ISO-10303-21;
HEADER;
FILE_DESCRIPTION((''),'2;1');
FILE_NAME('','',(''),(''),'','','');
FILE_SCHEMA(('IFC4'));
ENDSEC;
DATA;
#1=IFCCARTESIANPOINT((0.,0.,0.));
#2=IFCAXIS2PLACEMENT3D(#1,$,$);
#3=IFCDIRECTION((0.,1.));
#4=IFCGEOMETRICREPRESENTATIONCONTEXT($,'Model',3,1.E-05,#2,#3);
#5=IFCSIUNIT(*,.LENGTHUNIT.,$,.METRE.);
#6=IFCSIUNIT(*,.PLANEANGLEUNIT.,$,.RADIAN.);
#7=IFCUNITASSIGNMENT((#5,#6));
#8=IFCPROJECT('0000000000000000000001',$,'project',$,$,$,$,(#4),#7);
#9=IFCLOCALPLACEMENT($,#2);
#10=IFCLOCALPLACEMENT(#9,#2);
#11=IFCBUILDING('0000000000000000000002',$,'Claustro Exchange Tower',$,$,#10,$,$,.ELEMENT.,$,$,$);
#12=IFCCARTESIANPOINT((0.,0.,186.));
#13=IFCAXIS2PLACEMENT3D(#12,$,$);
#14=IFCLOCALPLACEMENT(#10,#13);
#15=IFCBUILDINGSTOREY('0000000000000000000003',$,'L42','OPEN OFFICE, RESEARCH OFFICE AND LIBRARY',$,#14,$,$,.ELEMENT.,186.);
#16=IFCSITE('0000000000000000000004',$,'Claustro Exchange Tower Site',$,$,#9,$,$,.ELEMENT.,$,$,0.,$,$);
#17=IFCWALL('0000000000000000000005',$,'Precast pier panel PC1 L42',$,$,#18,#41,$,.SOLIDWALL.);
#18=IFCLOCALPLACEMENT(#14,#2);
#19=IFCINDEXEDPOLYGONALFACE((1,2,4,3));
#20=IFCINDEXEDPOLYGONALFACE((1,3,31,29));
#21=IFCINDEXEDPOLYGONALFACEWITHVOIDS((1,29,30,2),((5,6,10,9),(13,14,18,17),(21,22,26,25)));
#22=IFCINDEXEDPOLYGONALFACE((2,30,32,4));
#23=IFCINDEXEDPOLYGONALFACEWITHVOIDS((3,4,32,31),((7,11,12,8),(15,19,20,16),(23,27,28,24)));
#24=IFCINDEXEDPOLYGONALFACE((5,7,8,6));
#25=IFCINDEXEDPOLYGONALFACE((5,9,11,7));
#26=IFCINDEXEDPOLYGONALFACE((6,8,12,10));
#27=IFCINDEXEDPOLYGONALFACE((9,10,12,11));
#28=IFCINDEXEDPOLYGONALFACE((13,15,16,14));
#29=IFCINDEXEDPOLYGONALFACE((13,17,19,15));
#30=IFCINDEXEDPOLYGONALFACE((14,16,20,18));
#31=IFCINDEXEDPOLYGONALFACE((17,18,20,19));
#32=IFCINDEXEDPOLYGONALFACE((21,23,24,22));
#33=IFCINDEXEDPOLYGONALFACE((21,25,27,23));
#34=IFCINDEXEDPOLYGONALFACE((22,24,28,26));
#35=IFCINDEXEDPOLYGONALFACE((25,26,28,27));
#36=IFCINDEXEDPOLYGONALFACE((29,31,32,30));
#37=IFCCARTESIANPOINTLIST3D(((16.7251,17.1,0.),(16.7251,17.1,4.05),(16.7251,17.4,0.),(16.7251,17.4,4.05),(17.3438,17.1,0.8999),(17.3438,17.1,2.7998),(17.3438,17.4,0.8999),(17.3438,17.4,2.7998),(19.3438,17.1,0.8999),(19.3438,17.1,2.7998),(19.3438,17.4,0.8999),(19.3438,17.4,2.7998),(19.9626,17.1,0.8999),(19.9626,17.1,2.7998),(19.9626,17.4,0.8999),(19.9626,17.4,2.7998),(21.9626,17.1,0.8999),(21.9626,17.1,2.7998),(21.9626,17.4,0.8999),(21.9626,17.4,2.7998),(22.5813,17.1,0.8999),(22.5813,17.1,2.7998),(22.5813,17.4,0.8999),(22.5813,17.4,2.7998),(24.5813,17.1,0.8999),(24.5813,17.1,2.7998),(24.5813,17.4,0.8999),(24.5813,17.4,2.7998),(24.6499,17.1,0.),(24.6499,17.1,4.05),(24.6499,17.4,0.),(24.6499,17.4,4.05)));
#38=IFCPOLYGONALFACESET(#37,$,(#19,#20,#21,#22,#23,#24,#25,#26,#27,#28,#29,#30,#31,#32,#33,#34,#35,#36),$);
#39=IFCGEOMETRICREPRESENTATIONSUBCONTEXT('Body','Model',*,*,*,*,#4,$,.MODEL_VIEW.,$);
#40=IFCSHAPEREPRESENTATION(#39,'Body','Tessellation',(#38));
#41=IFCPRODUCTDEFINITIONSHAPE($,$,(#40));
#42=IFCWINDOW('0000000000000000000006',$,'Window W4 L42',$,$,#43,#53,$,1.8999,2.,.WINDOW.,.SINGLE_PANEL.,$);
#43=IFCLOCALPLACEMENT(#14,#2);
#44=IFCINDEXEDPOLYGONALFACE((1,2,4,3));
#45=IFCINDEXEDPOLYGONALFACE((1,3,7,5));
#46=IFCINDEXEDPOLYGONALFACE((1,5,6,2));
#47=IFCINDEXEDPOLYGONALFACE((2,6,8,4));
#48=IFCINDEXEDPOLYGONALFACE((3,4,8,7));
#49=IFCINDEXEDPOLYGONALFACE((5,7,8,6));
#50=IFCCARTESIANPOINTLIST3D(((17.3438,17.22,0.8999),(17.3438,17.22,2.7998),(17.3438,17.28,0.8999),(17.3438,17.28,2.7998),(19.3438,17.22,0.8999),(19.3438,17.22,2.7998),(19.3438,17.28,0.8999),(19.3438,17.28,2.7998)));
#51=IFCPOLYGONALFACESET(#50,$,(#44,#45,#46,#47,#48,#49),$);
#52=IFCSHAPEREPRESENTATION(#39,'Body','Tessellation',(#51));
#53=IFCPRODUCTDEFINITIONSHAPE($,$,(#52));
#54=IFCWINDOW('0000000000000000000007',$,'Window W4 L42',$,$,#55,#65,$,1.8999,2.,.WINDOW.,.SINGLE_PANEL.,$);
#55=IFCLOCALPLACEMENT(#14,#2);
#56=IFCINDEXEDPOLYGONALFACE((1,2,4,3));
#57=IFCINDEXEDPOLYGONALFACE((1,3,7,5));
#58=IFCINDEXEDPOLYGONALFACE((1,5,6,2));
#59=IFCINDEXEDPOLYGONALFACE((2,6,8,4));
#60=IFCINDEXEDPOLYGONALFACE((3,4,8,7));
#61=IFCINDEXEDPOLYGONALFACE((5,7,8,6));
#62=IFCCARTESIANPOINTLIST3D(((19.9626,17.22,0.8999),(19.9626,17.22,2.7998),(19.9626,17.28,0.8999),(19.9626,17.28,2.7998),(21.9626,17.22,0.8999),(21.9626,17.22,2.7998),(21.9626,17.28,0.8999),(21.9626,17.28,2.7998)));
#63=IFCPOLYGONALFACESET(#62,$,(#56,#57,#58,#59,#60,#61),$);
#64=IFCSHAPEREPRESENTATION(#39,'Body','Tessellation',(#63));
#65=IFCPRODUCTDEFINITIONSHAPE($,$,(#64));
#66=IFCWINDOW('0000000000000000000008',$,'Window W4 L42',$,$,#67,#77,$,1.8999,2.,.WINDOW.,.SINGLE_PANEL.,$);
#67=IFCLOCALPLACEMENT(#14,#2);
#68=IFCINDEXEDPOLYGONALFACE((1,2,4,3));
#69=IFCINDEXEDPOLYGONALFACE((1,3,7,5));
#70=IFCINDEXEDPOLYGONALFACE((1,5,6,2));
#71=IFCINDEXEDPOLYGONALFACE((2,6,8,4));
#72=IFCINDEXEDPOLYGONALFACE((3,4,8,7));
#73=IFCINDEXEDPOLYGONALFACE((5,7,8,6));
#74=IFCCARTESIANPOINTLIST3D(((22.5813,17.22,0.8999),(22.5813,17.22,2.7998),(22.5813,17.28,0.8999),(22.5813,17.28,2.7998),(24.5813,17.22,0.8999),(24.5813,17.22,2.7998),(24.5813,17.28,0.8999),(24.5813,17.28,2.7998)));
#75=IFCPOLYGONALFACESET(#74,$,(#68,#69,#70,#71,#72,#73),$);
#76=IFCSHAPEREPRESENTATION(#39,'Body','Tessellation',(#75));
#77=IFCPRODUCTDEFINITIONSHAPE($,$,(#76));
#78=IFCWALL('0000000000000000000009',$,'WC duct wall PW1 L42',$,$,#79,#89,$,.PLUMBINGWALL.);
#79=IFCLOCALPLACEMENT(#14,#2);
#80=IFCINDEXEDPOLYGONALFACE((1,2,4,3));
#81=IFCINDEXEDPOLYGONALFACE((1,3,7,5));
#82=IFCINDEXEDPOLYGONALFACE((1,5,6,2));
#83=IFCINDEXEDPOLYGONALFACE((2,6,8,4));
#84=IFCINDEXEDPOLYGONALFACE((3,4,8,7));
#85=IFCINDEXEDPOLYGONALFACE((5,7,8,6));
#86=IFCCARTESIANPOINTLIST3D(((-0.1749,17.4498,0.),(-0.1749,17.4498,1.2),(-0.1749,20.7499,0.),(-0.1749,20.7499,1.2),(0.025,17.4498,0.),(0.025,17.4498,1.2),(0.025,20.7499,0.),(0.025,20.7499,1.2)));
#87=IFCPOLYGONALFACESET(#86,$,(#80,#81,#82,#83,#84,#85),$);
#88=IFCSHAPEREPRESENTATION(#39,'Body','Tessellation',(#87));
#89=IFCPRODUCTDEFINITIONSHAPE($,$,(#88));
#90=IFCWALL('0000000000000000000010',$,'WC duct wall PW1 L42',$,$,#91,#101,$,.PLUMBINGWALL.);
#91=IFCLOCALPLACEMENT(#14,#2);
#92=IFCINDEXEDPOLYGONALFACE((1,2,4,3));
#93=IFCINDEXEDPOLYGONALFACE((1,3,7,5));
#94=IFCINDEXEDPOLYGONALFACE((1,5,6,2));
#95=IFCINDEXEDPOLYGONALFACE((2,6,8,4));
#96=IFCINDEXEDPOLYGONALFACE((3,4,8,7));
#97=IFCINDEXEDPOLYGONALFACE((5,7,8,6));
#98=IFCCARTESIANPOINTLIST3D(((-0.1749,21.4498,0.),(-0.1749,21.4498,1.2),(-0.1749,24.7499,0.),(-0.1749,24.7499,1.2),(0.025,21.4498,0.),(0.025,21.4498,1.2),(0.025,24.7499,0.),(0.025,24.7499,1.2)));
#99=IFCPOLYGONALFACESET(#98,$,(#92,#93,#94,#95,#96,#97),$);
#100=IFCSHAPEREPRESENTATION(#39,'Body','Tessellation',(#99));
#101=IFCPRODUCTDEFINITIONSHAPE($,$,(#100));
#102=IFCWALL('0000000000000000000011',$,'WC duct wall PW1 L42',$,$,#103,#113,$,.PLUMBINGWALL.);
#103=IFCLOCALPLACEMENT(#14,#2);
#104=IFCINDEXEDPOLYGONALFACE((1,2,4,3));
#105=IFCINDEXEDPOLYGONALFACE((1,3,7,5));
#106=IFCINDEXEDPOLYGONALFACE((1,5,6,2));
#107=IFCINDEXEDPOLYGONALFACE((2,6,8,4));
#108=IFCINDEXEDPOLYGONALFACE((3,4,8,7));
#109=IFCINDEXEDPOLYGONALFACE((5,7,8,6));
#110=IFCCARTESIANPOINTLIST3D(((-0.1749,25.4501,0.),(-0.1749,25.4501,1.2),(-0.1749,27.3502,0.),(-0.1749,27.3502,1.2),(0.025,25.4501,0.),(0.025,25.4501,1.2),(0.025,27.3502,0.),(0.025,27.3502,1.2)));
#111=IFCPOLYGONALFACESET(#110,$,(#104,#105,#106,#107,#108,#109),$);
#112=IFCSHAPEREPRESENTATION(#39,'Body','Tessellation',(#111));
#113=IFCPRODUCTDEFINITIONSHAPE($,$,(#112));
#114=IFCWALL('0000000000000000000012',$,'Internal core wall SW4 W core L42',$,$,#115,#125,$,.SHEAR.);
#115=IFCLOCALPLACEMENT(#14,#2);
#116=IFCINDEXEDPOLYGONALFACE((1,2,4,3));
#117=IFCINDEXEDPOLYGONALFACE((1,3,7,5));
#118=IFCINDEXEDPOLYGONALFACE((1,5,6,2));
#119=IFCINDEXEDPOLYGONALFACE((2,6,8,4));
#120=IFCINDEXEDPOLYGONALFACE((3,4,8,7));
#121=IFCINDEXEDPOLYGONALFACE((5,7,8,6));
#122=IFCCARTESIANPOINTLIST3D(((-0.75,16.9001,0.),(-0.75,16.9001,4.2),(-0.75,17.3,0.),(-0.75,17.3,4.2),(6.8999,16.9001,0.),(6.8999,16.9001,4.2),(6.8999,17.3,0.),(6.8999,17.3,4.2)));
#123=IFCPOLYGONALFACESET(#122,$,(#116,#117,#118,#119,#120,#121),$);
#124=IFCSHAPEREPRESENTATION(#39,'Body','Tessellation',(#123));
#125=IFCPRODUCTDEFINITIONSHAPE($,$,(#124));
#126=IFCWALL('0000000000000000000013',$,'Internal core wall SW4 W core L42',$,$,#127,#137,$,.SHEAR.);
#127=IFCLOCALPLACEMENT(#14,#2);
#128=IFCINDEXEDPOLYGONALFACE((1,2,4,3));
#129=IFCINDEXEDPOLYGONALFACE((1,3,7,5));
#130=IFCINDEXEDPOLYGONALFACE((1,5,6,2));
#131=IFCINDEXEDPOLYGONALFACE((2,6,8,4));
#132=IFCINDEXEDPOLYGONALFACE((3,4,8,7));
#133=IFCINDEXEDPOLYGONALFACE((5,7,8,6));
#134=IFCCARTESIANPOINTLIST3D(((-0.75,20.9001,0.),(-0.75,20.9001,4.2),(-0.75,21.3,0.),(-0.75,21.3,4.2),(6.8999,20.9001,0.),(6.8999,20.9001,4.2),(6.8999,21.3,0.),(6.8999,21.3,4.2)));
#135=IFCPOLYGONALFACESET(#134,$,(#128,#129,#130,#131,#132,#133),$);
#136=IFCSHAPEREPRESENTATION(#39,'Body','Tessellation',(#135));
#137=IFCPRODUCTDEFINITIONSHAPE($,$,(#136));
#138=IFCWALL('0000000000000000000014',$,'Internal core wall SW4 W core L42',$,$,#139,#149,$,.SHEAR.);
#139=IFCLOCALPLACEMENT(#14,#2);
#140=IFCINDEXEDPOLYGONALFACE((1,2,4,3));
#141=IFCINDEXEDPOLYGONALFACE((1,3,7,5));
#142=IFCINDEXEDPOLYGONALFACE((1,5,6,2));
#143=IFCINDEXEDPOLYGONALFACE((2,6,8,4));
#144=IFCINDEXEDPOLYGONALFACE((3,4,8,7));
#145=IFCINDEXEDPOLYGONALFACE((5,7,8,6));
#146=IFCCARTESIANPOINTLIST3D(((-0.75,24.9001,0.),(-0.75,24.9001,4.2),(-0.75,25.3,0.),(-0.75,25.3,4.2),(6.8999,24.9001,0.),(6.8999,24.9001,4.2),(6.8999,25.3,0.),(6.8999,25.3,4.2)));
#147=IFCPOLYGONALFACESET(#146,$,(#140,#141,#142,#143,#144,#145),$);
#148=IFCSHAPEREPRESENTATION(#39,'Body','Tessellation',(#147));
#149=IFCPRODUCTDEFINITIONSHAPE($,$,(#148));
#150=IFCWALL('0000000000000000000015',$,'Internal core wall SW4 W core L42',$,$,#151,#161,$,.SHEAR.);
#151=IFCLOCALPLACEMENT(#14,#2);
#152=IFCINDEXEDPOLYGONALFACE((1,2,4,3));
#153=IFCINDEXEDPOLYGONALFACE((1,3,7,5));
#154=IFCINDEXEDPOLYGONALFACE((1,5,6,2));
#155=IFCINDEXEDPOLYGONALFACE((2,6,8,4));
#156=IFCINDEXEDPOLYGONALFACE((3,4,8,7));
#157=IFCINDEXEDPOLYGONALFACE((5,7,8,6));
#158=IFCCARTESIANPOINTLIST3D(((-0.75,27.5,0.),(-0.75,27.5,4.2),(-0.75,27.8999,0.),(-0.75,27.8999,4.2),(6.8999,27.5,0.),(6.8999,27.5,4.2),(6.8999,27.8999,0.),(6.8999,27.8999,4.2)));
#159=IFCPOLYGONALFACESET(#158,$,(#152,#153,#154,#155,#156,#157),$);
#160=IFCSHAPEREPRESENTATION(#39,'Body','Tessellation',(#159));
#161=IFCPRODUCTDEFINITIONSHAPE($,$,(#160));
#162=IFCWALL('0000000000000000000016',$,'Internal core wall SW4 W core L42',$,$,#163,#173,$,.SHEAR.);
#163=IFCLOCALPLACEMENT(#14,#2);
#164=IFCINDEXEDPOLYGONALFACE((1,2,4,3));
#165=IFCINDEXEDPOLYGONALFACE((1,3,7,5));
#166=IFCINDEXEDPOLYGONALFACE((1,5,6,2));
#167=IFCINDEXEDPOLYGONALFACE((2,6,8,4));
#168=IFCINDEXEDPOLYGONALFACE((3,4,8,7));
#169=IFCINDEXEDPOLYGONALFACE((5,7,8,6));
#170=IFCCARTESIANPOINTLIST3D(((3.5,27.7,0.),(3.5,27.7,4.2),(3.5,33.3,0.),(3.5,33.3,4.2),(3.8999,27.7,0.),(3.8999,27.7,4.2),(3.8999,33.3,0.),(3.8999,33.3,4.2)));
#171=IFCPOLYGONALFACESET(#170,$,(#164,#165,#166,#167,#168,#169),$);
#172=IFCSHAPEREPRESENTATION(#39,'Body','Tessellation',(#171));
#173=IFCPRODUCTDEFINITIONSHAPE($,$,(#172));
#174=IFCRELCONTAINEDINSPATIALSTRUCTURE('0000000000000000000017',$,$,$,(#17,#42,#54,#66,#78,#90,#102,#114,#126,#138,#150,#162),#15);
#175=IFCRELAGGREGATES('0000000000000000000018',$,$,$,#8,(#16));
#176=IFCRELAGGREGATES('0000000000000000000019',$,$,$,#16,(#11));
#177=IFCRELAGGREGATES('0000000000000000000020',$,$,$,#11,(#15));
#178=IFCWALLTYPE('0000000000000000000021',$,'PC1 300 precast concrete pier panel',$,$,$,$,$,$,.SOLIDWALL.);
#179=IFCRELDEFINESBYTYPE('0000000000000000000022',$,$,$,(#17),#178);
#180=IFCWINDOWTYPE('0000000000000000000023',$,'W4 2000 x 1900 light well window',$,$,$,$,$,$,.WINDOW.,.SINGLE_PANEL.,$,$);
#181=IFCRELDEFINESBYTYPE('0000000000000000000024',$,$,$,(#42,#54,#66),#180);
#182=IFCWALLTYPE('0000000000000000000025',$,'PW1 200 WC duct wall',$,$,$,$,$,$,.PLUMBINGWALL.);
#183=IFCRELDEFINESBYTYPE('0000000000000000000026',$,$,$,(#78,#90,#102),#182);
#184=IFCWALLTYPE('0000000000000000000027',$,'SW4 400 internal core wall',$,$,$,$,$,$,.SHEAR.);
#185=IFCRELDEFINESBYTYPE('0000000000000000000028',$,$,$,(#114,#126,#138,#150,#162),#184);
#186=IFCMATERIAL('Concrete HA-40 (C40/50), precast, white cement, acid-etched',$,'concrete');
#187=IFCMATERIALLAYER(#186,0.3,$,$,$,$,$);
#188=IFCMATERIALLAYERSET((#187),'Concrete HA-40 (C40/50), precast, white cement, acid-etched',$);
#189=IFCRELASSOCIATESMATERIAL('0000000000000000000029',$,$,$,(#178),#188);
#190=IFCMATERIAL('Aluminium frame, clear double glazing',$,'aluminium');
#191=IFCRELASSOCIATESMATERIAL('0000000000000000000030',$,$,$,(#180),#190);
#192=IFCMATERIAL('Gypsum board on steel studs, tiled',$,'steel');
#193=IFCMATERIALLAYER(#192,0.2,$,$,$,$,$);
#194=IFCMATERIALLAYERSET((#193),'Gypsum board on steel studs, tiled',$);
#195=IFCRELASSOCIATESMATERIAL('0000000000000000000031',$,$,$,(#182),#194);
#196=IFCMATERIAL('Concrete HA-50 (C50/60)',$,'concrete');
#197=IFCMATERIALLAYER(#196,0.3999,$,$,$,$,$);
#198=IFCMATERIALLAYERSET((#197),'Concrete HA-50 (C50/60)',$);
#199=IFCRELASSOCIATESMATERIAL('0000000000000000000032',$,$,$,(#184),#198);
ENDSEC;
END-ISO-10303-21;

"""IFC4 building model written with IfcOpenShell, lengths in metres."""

from ifc_helpers import new_model, si_unit, direction, frame, frame_2d, origin, place, context, subcontext, project, spatial, rectangle, extrude, material, layer, layer_set, type_object, element, fill, save


model = new_model("IFC4")

# Units and contexts
model_context = context("Model", 3, precision=1e-05, world=origin(), true_north=direction((0.0, 1.0)))
body_context = subcontext(model_context, "Body", "Model", "MODEL_VIEW")
ifc_project = project(units=[si_unit("LENGTHUNIT", "METRE"), si_unit("PLANEANGLEUNIT", "RADIAN")], contexts=[model_context])

# Site, building, storey
site_placement = place(None, origin())
site = spatial("IfcSite", under=ifc_project, at=site_placement, Name="Claustro Exchange Tower Site", CompositionType="ELEMENT", RefElevation=0.0)
building_placement = place(site_placement, origin())
building = spatial("IfcBuilding", under=site, at=building_placement, Name="Claustro Exchange Tower", CompositionType="ELEMENT")
storey_placement = place(building_placement, frame((0.0, 0.0, 186.0)))
storey = spatial("IfcBuildingStorey", under=building, at=storey_placement, Name="L42", Description="OPEN OFFICE, RESEARCH OFFICE AND LIBRARY", CompositionType="ELEMENT", Elevation=186.0)

# Wall, openings, windows
ifc_material_1 = material(Name="Concrete HA-40 (C40/50), precast, white cement, acid-etched", Category="concrete")
ifc_layer_1 = layer(ifc_material_1, 0.3)
ifc_layer_set_1 = layer_set([ifc_layer_1], Name="Concrete HA-40 (C40/50), precast, white cement, acid-etched")
wall_type_1 = type_object("IfcWallType", Name="PC1 300 precast concrete pier panel", PredefinedType="SOLIDWALL", material=ifc_layer_set_1)
ifc_material_2 = material(Name="Aluminium frame, clear double glazing", Category="aluminium")
window_type = type_object("IfcWindowType", Name="W4 2000 x 1900 light well window", PartitioningType="SINGLE_PANEL", PredefinedType="WINDOW", material=ifc_material_2)
wall_1_placement = place(storey_placement, frame((16.7251, 17.25, 0.0), z_axis=(0.0, 0.0, 1.0), x_axis=(1.0, 0.0, 0.0)))
wall_1 = element("IfcWall", 1, at=wall_1_placement, inside=storey, type_object=wall_type_1, Name="Precast pier panel PC1 L42", PredefinedType="SOLIDWALL", context=body_context, shape_type="SweptSolid", body=[
    extrude(rectangle(XDim=7.9248, YDim=0.3, at=frame_2d((3.9624, 0.0))), origin(), (0.0, 0.0, 1.0), 4.05),
])
opening_1_placement = place(wall_1_placement, frame((0.6187, 0.0, 0.8999)))
opening_1 = element("IfcOpeningElement", 2, at=opening_1_placement, cuts=wall_1, PredefinedType="OPENING", context=body_context, shape_type="SweptSolid", body=[
    extrude(rectangle(XDim=2.0, YDim=1.8999, at=frame_2d((1.0, 0.95))), frame((0.0, 0.1599, 0.0), z_axis=(0.0, -1.0, 0.0), x_axis=(1.0, 0.0, 0.0)), (0.0, 0.0, 1.0), 0.3201),
])
opening_2_placement = place(wall_1_placement, frame((3.2375, 0.0, 0.8999)))
opening_2 = element("IfcOpeningElement", 3, at=opening_2_placement, cuts=wall_1, PredefinedType="OPENING", context=body_context, shape_type="SweptSolid", body=[
    extrude(rectangle(XDim=2.0, YDim=1.8999, at=frame_2d((1.0, 0.95))), frame((0.0, 0.1599, 0.0), z_axis=(0.0, -1.0, 0.0), x_axis=(1.0, 0.0, 0.0)), (0.0, 0.0, 1.0), 0.3201),
])
opening_3_placement = place(wall_1_placement, frame((5.8562, 0.0, 0.8999)))
opening_3 = element("IfcOpeningElement", 4, at=opening_3_placement, cuts=wall_1, PredefinedType="OPENING", context=body_context, shape_type="SweptSolid", body=[
    extrude(rectangle(XDim=2.0, YDim=1.8999, at=frame_2d((1.0, 0.95))), frame((0.0, 0.1599, 0.0), z_axis=(0.0, -1.0, 0.0), x_axis=(1.0, 0.0, 0.0)), (0.0, 0.0, 1.0), 0.3201),
])
window_1_placement = place(opening_1_placement, origin())
window_1 = element("IfcWindow", 5, at=window_1_placement, inside=storey, type_object=window_type, Name="Window W4 L42", OverallHeight=1.8999, OverallWidth=2.0, PartitioningType="SINGLE_PANEL", PredefinedType="WINDOW", context=body_context, shape_type="SweptSolid", body=[
    extrude(rectangle(XDim=2.0, YDim=1.8999, at=frame_2d((1.0, 0.95))), frame((0.0, 0.03, 0.0), z_axis=(0.0, -1.0, 0.0), x_axis=(1.0, 0.0, 0.0)), (0.0, 0.0, 1.0), 0.0601),
])
fill(opening_1, window_1)
window_2_placement = place(opening_2_placement, origin())
window_2 = element("IfcWindow", 6, at=window_2_placement, inside=storey, type_object=window_type, Name="Window W4 L42", OverallHeight=1.8999, OverallWidth=2.0, PartitioningType="SINGLE_PANEL", PredefinedType="WINDOW", context=body_context, shape_type="SweptSolid", body=[
    extrude(rectangle(XDim=2.0, YDim=1.8999, at=frame_2d((1.0, 0.95))), frame((0.0, 0.03, 0.0), z_axis=(0.0, -1.0, 0.0), x_axis=(1.0, 0.0, 0.0)), (0.0, 0.0, 1.0), 0.0601),
])
fill(opening_2, window_2)
window_3_placement = place(opening_3_placement, origin())
window_3 = element("IfcWindow", 7, at=window_3_placement, inside=storey, type_object=window_type, Name="Window W4 L42", OverallHeight=1.8999, OverallWidth=2.0, PartitioningType="SINGLE_PANEL", PredefinedType="WINDOW", context=body_context, shape_type="SweptSolid", body=[
    extrude(rectangle(XDim=2.0, YDim=1.8999, at=frame_2d((1.0, 0.95))), frame((0.0, 0.03, 0.0), z_axis=(0.0, -1.0, 0.0), x_axis=(1.0, 0.0, 0.0)), (0.0, 0.0, 1.0), 0.0601),
])
fill(opening_3, window_3)

# Walls
ifc_material_3 = material(Name="Gypsum board on steel studs, tiled", Category="steel")
ifc_layer_2 = layer(ifc_material_3, 0.2)
ifc_layer_set_2 = layer_set([ifc_layer_2], Name="Gypsum board on steel studs, tiled")
wall_type_2 = type_object("IfcWallType", Name="PW1 200 WC duct wall", PredefinedType="PLUMBINGWALL", material=ifc_layer_set_2)
for number, where, z_axis, x_axis, name in (
    (8, (-0.075, 17.45, 0.0), (0.0, 0.0, 1.0), (0.0, 1.0, 0.0), "WC duct wall PW1 L42"),
    (9, (-0.075, 21.45, 0.0), (0.0, 0.0, 1.0), (0.0, 1.0, 0.0), "WC duct wall PW1 L42"),
):
    element("IfcWall", number, at=place(storey_placement, frame(where, z_axis=z_axis, x_axis=x_axis)), inside=storey, type_object=wall_type_2, Name=name, PredefinedType="PLUMBINGWALL", context=body_context, shape_type="SweptSolid", body=[
        extrude(rectangle(XDim=3.3, YDim=0.2, at=frame_2d((1.6499, 0.0))), origin(), (0.0, 0.0, 1.0), 1.2),
    ])
wall_2_placement = place(storey_placement, frame((-0.075, 25.45, 0.0), z_axis=(0.0, 0.0, 1.0), x_axis=(0.0, 1.0, 0.0)))
element("IfcWall", 10, at=wall_2_placement, inside=storey, type_object=wall_type_2, Name="WC duct wall PW1 L42", PredefinedType="PLUMBINGWALL", context=body_context, shape_type="SweptSolid", body=[
    extrude(rectangle(XDim=1.9001, YDim=0.2, at=frame_2d((0.9502, 0.0))), origin(), (0.0, 0.0, 1.0), 1.2),
])
ifc_material_4 = material(Name="Concrete HA-50 (C50/60)", Category="concrete")
ifc_layer_3 = layer(ifc_material_4, 0.3999)
ifc_layer_set_3 = layer_set([ifc_layer_3], Name="Concrete HA-50 (C50/60)")
wall_type_3 = type_object("IfcWallType", Name="SW4 400 internal core wall", PredefinedType="SHEAR", material=ifc_layer_set_3)
for number, where, z_axis, x_axis, name in (
    (11, (-0.75, 17.1001, 0.0), (0.0, 0.0, 1.0), (1.0, 0.0, 0.0), "Internal core wall SW4 W core L42"),
    (12, (-0.75, 21.1001, 0.0), (0.0, 0.0, 1.0), (1.0, 0.0, 0.0), "Internal core wall SW4 W core L42"),
    (13, (-0.75, 25.1001, 0.0), (0.0, 0.0, 1.0), (1.0, 0.0, 0.0), "Internal core wall SW4 W core L42"),
    (14, (-0.75, 27.7, 0.0), (0.0, 0.0, 1.0), (1.0, 0.0, 0.0), "Internal core wall SW4 W core L42"),
):
    element("IfcWall", number, at=place(storey_placement, frame(where, z_axis=z_axis, x_axis=x_axis)), inside=storey, type_object=wall_type_3, Name=name, PredefinedType="SHEAR", context=body_context, shape_type="SweptSolid", body=[
        extrude(rectangle(XDim=7.6499, YDim=0.3999, at=frame_2d((3.825, 0.0))), origin(), (0.0, 0.0, 1.0), 4.2),
    ])
wall_3_placement = place(storey_placement, frame((3.7, 27.7, 0.0), z_axis=(0.0, 0.0, 1.0), x_axis=(0.0, 1.0, 0.0)))
element("IfcWall", 15, at=wall_3_placement, inside=storey, type_object=wall_type_3, Name="Internal core wall SW4 W core L42", PredefinedType="SHEAR", context=body_context, shape_type="SweptSolid", body=[
    extrude(rectangle(XDim=5.6001, YDim=0.3999, at=frame_2d((2.8, 0.0))), origin(), (0.0, 0.0, 1.0), 4.2),
])

save(model, "model.ifc")
